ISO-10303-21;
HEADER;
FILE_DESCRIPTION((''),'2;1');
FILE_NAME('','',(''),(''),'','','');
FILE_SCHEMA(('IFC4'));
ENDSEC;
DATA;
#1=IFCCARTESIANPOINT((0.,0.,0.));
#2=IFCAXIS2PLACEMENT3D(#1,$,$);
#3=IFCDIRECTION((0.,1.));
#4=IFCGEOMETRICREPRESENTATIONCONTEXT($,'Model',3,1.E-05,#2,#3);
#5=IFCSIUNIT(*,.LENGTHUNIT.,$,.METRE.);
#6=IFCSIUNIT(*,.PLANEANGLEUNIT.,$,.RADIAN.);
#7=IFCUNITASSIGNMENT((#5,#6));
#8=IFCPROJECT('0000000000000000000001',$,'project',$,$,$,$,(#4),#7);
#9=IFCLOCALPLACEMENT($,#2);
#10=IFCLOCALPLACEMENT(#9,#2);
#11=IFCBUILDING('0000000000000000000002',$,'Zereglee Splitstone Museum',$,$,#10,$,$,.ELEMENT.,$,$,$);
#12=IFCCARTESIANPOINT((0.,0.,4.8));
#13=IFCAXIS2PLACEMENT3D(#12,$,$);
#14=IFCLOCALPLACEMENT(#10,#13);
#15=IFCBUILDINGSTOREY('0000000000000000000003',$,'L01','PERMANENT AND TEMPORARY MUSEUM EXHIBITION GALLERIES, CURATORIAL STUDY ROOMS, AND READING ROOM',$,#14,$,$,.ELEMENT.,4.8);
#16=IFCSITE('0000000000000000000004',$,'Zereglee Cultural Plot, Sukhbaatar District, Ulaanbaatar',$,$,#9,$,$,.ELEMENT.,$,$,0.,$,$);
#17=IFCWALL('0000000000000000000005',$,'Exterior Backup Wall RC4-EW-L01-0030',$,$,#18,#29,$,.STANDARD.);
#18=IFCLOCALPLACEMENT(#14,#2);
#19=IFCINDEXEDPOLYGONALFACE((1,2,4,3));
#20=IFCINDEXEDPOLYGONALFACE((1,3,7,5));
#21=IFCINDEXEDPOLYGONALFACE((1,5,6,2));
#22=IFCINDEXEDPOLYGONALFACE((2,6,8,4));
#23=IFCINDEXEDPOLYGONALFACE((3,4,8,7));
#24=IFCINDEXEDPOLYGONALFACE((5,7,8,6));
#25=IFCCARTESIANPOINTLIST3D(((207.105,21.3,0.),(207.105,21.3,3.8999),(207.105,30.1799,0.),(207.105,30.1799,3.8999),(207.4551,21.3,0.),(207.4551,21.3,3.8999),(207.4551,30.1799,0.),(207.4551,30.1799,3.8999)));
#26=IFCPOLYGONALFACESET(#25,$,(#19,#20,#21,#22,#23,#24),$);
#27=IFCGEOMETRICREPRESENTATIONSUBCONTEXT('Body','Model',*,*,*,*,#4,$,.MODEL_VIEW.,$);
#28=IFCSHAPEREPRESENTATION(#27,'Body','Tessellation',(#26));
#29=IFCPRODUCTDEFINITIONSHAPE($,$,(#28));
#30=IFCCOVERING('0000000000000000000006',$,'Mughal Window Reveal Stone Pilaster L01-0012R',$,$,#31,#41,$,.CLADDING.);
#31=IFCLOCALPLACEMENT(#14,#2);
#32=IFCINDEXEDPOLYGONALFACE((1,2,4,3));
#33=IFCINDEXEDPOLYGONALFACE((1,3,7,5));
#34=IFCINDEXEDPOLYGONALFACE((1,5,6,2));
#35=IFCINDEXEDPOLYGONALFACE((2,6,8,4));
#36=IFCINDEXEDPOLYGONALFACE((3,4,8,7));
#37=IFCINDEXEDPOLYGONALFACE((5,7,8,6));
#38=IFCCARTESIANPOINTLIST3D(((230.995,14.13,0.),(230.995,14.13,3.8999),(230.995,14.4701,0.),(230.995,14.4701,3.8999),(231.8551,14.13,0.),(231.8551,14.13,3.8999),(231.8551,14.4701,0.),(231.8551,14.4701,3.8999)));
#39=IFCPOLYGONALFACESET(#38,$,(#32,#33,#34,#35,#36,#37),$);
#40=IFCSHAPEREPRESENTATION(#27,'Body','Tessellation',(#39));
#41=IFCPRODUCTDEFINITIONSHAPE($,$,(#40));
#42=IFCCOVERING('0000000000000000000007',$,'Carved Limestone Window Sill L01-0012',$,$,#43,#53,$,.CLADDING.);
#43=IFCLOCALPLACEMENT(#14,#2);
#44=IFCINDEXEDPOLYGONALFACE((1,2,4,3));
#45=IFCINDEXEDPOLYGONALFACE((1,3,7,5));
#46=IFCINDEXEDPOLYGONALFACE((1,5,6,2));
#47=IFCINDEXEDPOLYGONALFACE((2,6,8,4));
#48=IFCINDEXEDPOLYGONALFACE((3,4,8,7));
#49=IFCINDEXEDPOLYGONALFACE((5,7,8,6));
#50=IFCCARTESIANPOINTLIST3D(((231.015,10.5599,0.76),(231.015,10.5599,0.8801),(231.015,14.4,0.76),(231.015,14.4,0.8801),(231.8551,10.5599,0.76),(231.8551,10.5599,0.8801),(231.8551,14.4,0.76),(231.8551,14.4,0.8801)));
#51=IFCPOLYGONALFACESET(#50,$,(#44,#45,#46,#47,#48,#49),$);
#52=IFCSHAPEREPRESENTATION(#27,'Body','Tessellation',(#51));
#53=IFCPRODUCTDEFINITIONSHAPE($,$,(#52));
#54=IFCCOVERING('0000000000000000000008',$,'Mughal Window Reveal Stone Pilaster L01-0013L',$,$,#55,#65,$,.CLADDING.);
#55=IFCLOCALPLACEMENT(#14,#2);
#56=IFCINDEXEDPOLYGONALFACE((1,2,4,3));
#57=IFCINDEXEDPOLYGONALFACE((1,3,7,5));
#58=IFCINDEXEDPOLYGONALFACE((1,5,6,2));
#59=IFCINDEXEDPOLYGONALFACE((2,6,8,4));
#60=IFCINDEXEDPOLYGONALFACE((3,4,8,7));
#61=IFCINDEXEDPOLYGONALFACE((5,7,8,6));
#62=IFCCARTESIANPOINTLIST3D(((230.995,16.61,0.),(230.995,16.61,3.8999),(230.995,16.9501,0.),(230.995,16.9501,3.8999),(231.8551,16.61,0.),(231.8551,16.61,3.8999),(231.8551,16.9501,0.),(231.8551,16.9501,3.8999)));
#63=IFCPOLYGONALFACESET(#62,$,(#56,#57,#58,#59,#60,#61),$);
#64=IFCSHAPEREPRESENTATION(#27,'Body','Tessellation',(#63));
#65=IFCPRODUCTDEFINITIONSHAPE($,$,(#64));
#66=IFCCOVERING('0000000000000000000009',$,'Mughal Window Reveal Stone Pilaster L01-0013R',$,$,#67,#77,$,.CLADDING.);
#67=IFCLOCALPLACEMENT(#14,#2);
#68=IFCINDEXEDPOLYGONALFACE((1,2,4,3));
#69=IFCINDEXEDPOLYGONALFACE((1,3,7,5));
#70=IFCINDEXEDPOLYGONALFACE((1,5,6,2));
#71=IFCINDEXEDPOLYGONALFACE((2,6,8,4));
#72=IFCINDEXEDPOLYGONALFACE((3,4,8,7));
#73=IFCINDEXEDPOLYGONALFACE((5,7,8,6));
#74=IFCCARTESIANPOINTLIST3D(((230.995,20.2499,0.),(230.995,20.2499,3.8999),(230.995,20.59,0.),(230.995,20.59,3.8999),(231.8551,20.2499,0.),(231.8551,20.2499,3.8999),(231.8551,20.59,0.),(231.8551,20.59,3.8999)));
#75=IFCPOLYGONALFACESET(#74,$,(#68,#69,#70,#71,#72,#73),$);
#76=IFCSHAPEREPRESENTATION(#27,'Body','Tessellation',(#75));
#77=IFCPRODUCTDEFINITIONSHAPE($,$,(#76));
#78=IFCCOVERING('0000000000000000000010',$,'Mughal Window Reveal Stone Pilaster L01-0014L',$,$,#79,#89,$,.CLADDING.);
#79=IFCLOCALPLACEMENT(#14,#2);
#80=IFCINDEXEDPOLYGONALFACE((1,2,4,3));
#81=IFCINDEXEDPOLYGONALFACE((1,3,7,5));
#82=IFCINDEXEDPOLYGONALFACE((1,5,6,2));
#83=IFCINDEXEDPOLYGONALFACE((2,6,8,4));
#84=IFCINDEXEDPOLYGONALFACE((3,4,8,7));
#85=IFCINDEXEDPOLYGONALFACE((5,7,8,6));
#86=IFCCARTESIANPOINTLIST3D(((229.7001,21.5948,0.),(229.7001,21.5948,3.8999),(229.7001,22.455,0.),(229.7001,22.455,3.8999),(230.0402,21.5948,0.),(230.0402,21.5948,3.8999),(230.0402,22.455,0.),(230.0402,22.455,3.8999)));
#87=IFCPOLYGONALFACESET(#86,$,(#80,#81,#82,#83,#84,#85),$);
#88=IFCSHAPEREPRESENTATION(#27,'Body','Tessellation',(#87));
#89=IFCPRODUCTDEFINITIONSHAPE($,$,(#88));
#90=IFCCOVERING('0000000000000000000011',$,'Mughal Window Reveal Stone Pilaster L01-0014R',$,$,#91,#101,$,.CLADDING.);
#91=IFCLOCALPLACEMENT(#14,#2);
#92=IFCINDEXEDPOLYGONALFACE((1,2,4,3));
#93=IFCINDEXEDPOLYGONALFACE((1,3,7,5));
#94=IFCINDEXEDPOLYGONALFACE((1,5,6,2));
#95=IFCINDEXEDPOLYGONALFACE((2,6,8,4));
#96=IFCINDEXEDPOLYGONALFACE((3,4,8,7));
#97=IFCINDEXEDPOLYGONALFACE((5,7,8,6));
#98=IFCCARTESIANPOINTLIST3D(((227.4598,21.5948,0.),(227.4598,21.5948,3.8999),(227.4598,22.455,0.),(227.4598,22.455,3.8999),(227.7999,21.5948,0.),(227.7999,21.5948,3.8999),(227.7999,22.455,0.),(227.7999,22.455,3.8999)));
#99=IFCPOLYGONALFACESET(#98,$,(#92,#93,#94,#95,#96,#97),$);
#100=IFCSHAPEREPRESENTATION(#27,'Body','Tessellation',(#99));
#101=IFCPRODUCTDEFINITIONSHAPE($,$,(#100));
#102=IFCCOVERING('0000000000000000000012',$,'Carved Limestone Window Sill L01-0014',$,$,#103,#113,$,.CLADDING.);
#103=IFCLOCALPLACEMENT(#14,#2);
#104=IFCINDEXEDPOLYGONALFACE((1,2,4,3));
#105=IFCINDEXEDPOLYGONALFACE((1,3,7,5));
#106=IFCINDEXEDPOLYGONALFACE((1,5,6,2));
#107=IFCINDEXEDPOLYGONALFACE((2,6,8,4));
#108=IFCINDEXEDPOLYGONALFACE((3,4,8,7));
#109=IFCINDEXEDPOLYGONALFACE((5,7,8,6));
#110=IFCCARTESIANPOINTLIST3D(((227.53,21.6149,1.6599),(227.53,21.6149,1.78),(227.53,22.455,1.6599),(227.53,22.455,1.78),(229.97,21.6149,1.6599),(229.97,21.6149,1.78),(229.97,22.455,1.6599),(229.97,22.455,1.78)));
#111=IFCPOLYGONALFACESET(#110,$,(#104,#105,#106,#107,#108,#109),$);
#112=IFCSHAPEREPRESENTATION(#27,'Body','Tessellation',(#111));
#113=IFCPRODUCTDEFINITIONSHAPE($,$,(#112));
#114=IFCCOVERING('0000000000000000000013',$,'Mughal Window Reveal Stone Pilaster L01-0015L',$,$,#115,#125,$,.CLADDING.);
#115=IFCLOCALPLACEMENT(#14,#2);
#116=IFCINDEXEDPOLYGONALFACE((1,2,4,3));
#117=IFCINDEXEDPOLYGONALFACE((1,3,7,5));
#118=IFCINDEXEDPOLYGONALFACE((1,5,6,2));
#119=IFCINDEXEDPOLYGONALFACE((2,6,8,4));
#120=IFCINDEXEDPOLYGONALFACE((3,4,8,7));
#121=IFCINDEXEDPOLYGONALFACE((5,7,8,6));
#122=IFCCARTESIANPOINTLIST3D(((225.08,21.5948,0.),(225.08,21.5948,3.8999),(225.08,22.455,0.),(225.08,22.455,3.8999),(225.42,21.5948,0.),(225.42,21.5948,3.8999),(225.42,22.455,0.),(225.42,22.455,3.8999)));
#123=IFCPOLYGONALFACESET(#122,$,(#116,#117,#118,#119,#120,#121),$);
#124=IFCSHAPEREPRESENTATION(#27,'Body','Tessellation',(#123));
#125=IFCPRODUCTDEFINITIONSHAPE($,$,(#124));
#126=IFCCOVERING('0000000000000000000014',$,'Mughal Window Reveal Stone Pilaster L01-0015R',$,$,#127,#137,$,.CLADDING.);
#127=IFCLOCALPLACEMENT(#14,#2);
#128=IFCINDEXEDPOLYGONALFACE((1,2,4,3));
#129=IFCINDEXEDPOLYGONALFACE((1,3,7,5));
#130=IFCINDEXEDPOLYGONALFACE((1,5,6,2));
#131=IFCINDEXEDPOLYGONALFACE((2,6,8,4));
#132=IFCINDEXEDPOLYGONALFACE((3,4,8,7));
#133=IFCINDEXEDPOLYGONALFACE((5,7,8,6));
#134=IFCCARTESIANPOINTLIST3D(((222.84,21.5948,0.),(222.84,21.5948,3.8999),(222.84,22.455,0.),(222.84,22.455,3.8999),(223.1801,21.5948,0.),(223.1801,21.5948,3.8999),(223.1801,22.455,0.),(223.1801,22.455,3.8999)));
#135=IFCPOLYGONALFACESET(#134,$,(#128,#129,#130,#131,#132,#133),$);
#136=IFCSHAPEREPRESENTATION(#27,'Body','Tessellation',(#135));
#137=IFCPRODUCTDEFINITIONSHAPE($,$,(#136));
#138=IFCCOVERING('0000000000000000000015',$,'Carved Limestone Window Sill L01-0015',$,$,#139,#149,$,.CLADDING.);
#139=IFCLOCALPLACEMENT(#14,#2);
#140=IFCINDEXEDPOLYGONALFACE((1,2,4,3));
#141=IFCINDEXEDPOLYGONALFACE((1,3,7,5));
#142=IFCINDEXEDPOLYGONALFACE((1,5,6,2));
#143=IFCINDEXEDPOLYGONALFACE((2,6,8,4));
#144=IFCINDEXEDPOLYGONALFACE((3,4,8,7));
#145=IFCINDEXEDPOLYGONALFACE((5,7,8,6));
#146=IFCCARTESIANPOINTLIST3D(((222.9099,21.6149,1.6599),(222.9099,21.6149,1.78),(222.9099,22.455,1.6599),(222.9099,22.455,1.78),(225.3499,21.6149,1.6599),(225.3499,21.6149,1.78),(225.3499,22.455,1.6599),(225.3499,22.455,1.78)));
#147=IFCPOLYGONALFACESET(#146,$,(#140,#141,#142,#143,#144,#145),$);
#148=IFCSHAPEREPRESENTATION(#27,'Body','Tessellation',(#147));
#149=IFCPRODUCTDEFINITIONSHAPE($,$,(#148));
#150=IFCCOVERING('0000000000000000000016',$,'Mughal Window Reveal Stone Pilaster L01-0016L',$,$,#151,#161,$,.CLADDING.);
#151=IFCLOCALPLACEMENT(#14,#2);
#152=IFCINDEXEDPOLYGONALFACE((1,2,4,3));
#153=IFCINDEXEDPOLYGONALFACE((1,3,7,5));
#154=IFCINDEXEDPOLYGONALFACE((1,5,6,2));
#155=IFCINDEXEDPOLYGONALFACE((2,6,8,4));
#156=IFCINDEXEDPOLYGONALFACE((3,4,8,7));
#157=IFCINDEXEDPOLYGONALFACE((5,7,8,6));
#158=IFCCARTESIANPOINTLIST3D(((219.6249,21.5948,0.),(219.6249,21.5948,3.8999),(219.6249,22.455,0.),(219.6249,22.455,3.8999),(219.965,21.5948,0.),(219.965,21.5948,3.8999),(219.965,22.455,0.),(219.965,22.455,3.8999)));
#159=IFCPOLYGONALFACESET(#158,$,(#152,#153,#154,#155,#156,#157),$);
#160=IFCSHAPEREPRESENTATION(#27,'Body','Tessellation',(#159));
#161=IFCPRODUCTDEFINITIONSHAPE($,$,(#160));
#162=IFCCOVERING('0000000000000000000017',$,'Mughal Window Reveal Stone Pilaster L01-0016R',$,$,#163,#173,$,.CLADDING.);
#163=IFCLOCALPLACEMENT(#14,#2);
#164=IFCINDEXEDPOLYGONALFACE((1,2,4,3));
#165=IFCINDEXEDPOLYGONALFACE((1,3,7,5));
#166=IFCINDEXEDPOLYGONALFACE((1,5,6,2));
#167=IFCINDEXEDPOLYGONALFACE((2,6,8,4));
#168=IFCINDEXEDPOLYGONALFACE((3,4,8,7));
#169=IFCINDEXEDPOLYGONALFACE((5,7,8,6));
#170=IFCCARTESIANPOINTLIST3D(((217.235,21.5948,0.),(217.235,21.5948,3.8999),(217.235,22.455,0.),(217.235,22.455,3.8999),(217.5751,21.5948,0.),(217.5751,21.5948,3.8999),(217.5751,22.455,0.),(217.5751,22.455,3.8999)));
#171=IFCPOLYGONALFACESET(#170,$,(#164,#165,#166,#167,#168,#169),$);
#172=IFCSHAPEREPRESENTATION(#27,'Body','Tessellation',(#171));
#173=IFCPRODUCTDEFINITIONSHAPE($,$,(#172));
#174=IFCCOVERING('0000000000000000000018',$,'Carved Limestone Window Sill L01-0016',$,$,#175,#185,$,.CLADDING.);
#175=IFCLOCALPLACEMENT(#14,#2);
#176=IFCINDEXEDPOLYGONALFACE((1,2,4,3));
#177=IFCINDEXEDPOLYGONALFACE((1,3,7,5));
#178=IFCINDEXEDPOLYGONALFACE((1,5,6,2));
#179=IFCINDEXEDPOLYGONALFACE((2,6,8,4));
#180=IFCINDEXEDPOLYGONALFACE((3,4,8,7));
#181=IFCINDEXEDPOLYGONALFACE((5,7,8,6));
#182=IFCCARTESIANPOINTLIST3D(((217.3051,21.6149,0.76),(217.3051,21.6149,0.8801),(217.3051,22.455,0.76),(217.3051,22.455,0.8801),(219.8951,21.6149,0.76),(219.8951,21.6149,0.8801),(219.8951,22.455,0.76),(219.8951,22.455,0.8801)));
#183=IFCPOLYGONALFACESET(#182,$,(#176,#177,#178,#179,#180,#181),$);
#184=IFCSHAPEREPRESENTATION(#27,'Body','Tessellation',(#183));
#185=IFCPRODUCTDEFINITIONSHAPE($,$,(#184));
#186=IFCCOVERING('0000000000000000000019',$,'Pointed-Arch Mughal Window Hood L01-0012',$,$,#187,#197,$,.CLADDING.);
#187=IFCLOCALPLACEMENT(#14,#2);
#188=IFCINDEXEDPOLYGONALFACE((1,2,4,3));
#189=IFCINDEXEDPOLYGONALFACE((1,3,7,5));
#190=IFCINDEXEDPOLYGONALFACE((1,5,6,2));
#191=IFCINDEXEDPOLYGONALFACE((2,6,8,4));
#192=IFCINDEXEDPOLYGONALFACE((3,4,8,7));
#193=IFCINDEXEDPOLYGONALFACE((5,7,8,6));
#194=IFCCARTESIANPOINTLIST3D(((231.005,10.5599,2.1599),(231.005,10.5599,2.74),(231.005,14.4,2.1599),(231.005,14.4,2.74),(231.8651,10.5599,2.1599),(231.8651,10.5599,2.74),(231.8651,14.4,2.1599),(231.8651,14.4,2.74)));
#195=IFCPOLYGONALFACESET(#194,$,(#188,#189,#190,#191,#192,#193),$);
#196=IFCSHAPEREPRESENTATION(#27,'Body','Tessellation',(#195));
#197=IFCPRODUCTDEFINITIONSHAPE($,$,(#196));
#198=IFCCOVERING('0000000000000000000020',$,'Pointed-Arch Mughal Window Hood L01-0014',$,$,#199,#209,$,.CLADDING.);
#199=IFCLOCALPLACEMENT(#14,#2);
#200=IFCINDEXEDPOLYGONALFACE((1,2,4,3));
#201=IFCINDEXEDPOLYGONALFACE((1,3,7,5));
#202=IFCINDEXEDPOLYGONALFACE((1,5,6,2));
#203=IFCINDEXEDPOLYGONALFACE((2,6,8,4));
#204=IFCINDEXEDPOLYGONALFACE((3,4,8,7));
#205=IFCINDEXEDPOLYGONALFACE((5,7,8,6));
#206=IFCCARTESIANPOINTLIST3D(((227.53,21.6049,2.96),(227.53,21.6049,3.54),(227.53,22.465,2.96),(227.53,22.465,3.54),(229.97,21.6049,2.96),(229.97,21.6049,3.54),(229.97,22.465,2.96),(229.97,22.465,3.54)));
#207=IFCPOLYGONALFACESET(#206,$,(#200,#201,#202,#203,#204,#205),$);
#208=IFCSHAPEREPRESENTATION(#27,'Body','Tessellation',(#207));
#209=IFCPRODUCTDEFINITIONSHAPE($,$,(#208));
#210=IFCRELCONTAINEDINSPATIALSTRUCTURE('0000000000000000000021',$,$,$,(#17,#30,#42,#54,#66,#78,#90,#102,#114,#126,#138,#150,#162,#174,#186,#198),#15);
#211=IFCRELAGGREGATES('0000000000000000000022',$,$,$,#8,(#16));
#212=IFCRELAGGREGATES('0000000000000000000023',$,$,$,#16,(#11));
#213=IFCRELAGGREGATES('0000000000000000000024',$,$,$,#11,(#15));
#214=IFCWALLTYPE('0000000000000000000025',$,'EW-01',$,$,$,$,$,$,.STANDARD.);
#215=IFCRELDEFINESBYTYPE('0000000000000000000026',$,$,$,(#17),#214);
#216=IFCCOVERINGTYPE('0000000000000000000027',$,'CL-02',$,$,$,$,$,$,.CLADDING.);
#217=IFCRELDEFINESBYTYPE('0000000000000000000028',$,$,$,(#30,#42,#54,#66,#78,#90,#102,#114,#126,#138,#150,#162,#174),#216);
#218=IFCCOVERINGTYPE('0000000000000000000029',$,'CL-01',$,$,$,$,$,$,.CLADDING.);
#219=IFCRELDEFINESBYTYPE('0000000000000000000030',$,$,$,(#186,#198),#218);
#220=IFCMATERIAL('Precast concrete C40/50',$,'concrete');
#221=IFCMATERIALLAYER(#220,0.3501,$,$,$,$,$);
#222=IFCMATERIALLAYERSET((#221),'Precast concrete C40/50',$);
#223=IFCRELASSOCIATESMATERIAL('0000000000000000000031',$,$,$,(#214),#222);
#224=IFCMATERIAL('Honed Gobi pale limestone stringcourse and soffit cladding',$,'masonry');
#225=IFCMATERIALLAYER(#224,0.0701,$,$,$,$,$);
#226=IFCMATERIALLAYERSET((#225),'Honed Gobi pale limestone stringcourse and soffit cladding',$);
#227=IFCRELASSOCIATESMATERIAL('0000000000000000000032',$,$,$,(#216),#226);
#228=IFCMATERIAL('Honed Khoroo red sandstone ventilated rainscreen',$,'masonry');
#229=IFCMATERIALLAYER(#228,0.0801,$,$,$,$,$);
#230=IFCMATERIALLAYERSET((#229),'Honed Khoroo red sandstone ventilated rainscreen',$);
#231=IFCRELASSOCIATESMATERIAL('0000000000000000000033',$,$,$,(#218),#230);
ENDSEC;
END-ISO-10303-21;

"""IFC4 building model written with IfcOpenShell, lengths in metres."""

from ifc_helpers import new_model, si_unit, direction, frame, frame_2d, origin, origin_2d, place, context, subcontext, project, spatial, rectangle, extrude, material, layer, layer_set, type_object, element, save


model = new_model("IFC4")

# Units and contexts
model_context = context("Model", 3, precision=1e-05, world=origin(), true_north=direction((0.0, 1.0)))
body_context = subcontext(model_context, "Body", "Model", "MODEL_VIEW")
ifc_project = project(units=[si_unit("LENGTHUNIT", "METRE"), si_unit("PLANEANGLEUNIT", "RADIAN")], contexts=[model_context])

# Site, building, storey
site_placement = place(None, origin())
site = spatial("IfcSite", under=ifc_project, at=site_placement, Name="Zereglee Cultural Plot, Sukhbaatar District, Ulaanbaatar", CompositionType="ELEMENT", RefElevation=0.0)
building_placement = place(site_placement, origin())
building = spatial("IfcBuilding", under=site, at=building_placement, Name="Zereglee Splitstone Museum", CompositionType="ELEMENT")
storey_placement = place(building_placement, frame((0.0, 0.0, 4.8)))
storey = spatial("IfcBuildingStorey", under=building, at=storey_placement, Name="L01", Description="PERMANENT AND TEMPORARY MUSEUM EXHIBITION GALLERIES, CURATORIAL STUDY ROOMS, AND READING ROOM", CompositionType="ELEMENT", Elevation=4.8)

# Shared definitions
ifc_material_1 = material(Name="Precast concrete C40/50", Category="concrete")
ifc_layer_1 = layer(ifc_material_1, 0.3501)
ifc_layer_set_1 = layer_set([ifc_layer_1], Name="Precast concrete C40/50")
wall_type = type_object("IfcWallType", Name="EW-01", PredefinedType="STANDARD", material=ifc_layer_set_1)

# Wall
wall_1_placement = place(storey_placement, frame((207.28, 21.3, 0.0), z_axis=(0.0, 0.0, 1.0), x_axis=(0.0, 1.0, 0.0)))
element("IfcWall", 1, at=wall_1_placement, inside=storey, type_object=wall_type, Name="Exterior Backup Wall RC4-EW-L01-0030", PredefinedType="STANDARD", context=body_context, shape_type="SweptSolid", body=[
    extrude(rectangle(XDim=8.8799, YDim=0.3501, at=frame_2d((4.4399, 0.0))), origin(), (0.0, 0.0, 1.0), 3.8999),
])

# Coverings
ifc_material_2 = material(Name="Honed Gobi pale limestone stringcourse and soffit cladding", Category="masonry")
ifc_layer_2 = layer(ifc_material_2, 0.0701)
ifc_layer_set_2 = layer_set([ifc_layer_2], Name="Honed Gobi pale limestone stringcourse and soffit cladding")
covering_type_1 = type_object("IfcCoveringType", Name="CL-02", PredefinedType="CLADDING", material=ifc_layer_set_2)
covering_1_placement = place(storey_placement, frame((231.425, 14.3, 0.0), z_axis=(0.0, 0.0, 1.0), x_axis=(0.0, 1.0, 0.0)))
element("IfcCovering", 2, at=covering_1_placement, inside=storey, type_object=covering_type_1, Name="Mughal Window Reveal Stone Pilaster L01-0012R", PredefinedType="CLADDING", context=body_context, shape_type="SweptSolid", body=[
    extrude(rectangle(XDim=0.3401, YDim=0.8601, at=origin_2d()), origin(), (0.0, 0.0, 1.0), 3.8999),
])
covering_2_placement = place(storey_placement, frame((231.4351, 12.48, 0.76), z_axis=(0.0, 0.0, 1.0), x_axis=(0.0, 1.0, 0.0)))
element("IfcCovering", 3, at=covering_2_placement, inside=storey, type_object=covering_type_1, Name="Carved Limestone Window Sill L01-0012", PredefinedType="CLADDING", context=body_context, shape_type="SweptSolid", body=[
    extrude(rectangle(XDim=3.8401, YDim=0.8401, at=origin_2d()), origin(), (0.0, 0.0, 1.0), 0.1201),
])
for number, where, z_axis, x_axis, name in (
    (4, (231.425, 16.78, 0.0), (0.0, 0.0, 1.0), (0.0, 1.0, 0.0), "Mughal Window Reveal Stone Pilaster L01-0013L"),
    (5, (231.425, 20.4199, 0.0), (0.0, 0.0, 1.0), (0.0, 1.0, 0.0), "Mughal Window Reveal Stone Pilaster L01-0013R"),
    (6, (229.8701, 22.0249, 0.0), (0.0, 0.0, 1.0), (-1.0, 0.0, 0.0), "Mughal Window Reveal Stone Pilaster L01-0014L"),
    (7, (227.6299, 22.0249, 0.0), (0.0, 0.0, 1.0), (-1.0, 0.0, 0.0), "Mughal Window Reveal Stone Pilaster L01-0014R"),
):
    element("IfcCovering", number, at=place(storey_placement, frame(where, z_axis=z_axis, x_axis=x_axis)), inside=storey, type_object=covering_type_1, Name=name, PredefinedType="CLADDING", context=body_context, shape_type="SweptSolid", body=[
        extrude(rectangle(XDim=0.3401, YDim=0.8601, at=origin_2d()), origin(), (0.0, 0.0, 1.0), 3.8999),
    ])
covering_3_placement = place(storey_placement, frame((228.75, 22.0349, 1.6599), z_axis=(0.0, 0.0, 1.0), x_axis=(-1.0, 0.0, 0.0)))
element("IfcCovering", 8, at=covering_3_placement, inside=storey, type_object=covering_type_1, Name="Carved Limestone Window Sill L01-0014", PredefinedType="CLADDING", context=body_context, shape_type="SweptSolid", body=[
    extrude(rectangle(XDim=2.4399, YDim=0.8401, at=origin_2d()), origin(), (0.0, 0.0, 1.0), 0.1201),
])
for number, where, z_axis, x_axis, name in (
    (9, (225.25, 22.0249, 0.0), (0.0, 0.0, 1.0), (-1.0, 0.0, 0.0), "Mughal Window Reveal Stone Pilaster L01-0015L"),
    (10, (223.01, 22.0249, 0.0), (0.0, 0.0, 1.0), (-1.0, 0.0, 0.0), "Mughal Window Reveal Stone Pilaster L01-0015R"),
):
    element("IfcCovering", number, at=place(storey_placement, frame(where, z_axis=z_axis, x_axis=x_axis)), inside=storey, type_object=covering_type_1, Name=name, PredefinedType="CLADDING", context=body_context, shape_type="SweptSolid", body=[
        extrude(rectangle(XDim=0.3401, YDim=0.8601, at=origin_2d()), origin(), (0.0, 0.0, 1.0), 3.8999),
    ])
covering_4_placement = place(storey_placement, frame((224.1299, 22.0349, 1.6599), z_axis=(0.0, 0.0, 1.0), x_axis=(-1.0, 0.0, 0.0)))
element("IfcCovering", 11, at=covering_4_placement, inside=storey, type_object=covering_type_1, Name="Carved Limestone Window Sill L01-0015", PredefinedType="CLADDING", context=body_context, shape_type="SweptSolid", body=[
    extrude(rectangle(XDim=2.4399, YDim=0.8401, at=origin_2d()), origin(), (0.0, 0.0, 1.0), 0.1201),
])
for number, where, z_axis, x_axis, name in (
    (12, (219.7949, 22.0249, 0.0), (0.0, 0.0, 1.0), (-1.0, 0.0, 0.0), "Mughal Window Reveal Stone Pilaster L01-0016L"),
    (13, (217.405, 22.0249, 0.0), (0.0, 0.0, 1.0), (-1.0, 0.0, 0.0), "Mughal Window Reveal Stone Pilaster L01-0016R"),
):
    element("IfcCovering", number, at=place(storey_placement, frame(where, z_axis=z_axis, x_axis=x_axis)), inside=storey, type_object=covering_type_1, Name=name, PredefinedType="CLADDING", context=body_context, shape_type="SweptSolid", body=[
        extrude(rectangle(XDim=0.3401, YDim=0.8601, at=origin_2d()), origin(), (0.0, 0.0, 1.0), 3.8999),
    ])
covering_5_placement = place(storey_placement, frame((218.6001, 22.0349, 0.76), z_axis=(0.0, 0.0, 1.0), x_axis=(-1.0, 0.0, 0.0)))
element("IfcCovering", 14, at=covering_5_placement, inside=storey, type_object=covering_type_1, Name="Carved Limestone Window Sill L01-0016", PredefinedType="CLADDING", context=body_context, shape_type="SweptSolid", body=[
    extrude(rectangle(XDim=2.5901, YDim=0.8401, at=origin_2d()), origin(), (0.0, 0.0, 1.0), 0.1201),
])
ifc_material_3 = material(Name="Honed Khoroo red sandstone ventilated rainscreen", Category="masonry")
ifc_layer_3 = layer(ifc_material_3, 0.0801)
ifc_layer_set_3 = layer_set([ifc_layer_3], Name="Honed Khoroo red sandstone ventilated rainscreen")
covering_type_2 = type_object("IfcCoveringType", Name="CL-01", PredefinedType="CLADDING", material=ifc_layer_set_3)
covering_6_placement = place(storey_placement, frame((231.4351, 12.48, 2.1599), z_axis=(0.0, 0.0, 1.0), x_axis=(0.0, 1.0, 0.0)))
element("IfcCovering", 15, at=covering_6_placement, inside=storey, type_object=covering_type_2, Name="Pointed-Arch Mughal Window Hood L01-0012", PredefinedType="CLADDING", context=body_context, shape_type="SweptSolid", body=[
    extrude(rectangle(XDim=3.8401, YDim=0.8601, at=origin_2d()), origin(), (0.0, 0.0, 1.0), 0.5801),
])
for number, where, z_axis, x_axis, name in (
    (16, (228.75, 22.0349, 2.96), (0.0, 0.0, 1.0), (-1.0, 0.0, 0.0), "Pointed-Arch Mughal Window Hood L01-0014"),
):
    element("IfcCovering", number, at=place(storey_placement, frame(where, z_axis=z_axis, x_axis=x_axis)), inside=storey, type_object=covering_type_2, Name=name, PredefinedType="CLADDING", context=body_context, shape_type="SweptSolid", body=[
        extrude(rectangle(XDim=2.4399, YDim=0.8601, at=origin_2d()), origin(), (0.0, 0.0, 1.0), 0.5801),
    ])

save(model, "model.ifc")
